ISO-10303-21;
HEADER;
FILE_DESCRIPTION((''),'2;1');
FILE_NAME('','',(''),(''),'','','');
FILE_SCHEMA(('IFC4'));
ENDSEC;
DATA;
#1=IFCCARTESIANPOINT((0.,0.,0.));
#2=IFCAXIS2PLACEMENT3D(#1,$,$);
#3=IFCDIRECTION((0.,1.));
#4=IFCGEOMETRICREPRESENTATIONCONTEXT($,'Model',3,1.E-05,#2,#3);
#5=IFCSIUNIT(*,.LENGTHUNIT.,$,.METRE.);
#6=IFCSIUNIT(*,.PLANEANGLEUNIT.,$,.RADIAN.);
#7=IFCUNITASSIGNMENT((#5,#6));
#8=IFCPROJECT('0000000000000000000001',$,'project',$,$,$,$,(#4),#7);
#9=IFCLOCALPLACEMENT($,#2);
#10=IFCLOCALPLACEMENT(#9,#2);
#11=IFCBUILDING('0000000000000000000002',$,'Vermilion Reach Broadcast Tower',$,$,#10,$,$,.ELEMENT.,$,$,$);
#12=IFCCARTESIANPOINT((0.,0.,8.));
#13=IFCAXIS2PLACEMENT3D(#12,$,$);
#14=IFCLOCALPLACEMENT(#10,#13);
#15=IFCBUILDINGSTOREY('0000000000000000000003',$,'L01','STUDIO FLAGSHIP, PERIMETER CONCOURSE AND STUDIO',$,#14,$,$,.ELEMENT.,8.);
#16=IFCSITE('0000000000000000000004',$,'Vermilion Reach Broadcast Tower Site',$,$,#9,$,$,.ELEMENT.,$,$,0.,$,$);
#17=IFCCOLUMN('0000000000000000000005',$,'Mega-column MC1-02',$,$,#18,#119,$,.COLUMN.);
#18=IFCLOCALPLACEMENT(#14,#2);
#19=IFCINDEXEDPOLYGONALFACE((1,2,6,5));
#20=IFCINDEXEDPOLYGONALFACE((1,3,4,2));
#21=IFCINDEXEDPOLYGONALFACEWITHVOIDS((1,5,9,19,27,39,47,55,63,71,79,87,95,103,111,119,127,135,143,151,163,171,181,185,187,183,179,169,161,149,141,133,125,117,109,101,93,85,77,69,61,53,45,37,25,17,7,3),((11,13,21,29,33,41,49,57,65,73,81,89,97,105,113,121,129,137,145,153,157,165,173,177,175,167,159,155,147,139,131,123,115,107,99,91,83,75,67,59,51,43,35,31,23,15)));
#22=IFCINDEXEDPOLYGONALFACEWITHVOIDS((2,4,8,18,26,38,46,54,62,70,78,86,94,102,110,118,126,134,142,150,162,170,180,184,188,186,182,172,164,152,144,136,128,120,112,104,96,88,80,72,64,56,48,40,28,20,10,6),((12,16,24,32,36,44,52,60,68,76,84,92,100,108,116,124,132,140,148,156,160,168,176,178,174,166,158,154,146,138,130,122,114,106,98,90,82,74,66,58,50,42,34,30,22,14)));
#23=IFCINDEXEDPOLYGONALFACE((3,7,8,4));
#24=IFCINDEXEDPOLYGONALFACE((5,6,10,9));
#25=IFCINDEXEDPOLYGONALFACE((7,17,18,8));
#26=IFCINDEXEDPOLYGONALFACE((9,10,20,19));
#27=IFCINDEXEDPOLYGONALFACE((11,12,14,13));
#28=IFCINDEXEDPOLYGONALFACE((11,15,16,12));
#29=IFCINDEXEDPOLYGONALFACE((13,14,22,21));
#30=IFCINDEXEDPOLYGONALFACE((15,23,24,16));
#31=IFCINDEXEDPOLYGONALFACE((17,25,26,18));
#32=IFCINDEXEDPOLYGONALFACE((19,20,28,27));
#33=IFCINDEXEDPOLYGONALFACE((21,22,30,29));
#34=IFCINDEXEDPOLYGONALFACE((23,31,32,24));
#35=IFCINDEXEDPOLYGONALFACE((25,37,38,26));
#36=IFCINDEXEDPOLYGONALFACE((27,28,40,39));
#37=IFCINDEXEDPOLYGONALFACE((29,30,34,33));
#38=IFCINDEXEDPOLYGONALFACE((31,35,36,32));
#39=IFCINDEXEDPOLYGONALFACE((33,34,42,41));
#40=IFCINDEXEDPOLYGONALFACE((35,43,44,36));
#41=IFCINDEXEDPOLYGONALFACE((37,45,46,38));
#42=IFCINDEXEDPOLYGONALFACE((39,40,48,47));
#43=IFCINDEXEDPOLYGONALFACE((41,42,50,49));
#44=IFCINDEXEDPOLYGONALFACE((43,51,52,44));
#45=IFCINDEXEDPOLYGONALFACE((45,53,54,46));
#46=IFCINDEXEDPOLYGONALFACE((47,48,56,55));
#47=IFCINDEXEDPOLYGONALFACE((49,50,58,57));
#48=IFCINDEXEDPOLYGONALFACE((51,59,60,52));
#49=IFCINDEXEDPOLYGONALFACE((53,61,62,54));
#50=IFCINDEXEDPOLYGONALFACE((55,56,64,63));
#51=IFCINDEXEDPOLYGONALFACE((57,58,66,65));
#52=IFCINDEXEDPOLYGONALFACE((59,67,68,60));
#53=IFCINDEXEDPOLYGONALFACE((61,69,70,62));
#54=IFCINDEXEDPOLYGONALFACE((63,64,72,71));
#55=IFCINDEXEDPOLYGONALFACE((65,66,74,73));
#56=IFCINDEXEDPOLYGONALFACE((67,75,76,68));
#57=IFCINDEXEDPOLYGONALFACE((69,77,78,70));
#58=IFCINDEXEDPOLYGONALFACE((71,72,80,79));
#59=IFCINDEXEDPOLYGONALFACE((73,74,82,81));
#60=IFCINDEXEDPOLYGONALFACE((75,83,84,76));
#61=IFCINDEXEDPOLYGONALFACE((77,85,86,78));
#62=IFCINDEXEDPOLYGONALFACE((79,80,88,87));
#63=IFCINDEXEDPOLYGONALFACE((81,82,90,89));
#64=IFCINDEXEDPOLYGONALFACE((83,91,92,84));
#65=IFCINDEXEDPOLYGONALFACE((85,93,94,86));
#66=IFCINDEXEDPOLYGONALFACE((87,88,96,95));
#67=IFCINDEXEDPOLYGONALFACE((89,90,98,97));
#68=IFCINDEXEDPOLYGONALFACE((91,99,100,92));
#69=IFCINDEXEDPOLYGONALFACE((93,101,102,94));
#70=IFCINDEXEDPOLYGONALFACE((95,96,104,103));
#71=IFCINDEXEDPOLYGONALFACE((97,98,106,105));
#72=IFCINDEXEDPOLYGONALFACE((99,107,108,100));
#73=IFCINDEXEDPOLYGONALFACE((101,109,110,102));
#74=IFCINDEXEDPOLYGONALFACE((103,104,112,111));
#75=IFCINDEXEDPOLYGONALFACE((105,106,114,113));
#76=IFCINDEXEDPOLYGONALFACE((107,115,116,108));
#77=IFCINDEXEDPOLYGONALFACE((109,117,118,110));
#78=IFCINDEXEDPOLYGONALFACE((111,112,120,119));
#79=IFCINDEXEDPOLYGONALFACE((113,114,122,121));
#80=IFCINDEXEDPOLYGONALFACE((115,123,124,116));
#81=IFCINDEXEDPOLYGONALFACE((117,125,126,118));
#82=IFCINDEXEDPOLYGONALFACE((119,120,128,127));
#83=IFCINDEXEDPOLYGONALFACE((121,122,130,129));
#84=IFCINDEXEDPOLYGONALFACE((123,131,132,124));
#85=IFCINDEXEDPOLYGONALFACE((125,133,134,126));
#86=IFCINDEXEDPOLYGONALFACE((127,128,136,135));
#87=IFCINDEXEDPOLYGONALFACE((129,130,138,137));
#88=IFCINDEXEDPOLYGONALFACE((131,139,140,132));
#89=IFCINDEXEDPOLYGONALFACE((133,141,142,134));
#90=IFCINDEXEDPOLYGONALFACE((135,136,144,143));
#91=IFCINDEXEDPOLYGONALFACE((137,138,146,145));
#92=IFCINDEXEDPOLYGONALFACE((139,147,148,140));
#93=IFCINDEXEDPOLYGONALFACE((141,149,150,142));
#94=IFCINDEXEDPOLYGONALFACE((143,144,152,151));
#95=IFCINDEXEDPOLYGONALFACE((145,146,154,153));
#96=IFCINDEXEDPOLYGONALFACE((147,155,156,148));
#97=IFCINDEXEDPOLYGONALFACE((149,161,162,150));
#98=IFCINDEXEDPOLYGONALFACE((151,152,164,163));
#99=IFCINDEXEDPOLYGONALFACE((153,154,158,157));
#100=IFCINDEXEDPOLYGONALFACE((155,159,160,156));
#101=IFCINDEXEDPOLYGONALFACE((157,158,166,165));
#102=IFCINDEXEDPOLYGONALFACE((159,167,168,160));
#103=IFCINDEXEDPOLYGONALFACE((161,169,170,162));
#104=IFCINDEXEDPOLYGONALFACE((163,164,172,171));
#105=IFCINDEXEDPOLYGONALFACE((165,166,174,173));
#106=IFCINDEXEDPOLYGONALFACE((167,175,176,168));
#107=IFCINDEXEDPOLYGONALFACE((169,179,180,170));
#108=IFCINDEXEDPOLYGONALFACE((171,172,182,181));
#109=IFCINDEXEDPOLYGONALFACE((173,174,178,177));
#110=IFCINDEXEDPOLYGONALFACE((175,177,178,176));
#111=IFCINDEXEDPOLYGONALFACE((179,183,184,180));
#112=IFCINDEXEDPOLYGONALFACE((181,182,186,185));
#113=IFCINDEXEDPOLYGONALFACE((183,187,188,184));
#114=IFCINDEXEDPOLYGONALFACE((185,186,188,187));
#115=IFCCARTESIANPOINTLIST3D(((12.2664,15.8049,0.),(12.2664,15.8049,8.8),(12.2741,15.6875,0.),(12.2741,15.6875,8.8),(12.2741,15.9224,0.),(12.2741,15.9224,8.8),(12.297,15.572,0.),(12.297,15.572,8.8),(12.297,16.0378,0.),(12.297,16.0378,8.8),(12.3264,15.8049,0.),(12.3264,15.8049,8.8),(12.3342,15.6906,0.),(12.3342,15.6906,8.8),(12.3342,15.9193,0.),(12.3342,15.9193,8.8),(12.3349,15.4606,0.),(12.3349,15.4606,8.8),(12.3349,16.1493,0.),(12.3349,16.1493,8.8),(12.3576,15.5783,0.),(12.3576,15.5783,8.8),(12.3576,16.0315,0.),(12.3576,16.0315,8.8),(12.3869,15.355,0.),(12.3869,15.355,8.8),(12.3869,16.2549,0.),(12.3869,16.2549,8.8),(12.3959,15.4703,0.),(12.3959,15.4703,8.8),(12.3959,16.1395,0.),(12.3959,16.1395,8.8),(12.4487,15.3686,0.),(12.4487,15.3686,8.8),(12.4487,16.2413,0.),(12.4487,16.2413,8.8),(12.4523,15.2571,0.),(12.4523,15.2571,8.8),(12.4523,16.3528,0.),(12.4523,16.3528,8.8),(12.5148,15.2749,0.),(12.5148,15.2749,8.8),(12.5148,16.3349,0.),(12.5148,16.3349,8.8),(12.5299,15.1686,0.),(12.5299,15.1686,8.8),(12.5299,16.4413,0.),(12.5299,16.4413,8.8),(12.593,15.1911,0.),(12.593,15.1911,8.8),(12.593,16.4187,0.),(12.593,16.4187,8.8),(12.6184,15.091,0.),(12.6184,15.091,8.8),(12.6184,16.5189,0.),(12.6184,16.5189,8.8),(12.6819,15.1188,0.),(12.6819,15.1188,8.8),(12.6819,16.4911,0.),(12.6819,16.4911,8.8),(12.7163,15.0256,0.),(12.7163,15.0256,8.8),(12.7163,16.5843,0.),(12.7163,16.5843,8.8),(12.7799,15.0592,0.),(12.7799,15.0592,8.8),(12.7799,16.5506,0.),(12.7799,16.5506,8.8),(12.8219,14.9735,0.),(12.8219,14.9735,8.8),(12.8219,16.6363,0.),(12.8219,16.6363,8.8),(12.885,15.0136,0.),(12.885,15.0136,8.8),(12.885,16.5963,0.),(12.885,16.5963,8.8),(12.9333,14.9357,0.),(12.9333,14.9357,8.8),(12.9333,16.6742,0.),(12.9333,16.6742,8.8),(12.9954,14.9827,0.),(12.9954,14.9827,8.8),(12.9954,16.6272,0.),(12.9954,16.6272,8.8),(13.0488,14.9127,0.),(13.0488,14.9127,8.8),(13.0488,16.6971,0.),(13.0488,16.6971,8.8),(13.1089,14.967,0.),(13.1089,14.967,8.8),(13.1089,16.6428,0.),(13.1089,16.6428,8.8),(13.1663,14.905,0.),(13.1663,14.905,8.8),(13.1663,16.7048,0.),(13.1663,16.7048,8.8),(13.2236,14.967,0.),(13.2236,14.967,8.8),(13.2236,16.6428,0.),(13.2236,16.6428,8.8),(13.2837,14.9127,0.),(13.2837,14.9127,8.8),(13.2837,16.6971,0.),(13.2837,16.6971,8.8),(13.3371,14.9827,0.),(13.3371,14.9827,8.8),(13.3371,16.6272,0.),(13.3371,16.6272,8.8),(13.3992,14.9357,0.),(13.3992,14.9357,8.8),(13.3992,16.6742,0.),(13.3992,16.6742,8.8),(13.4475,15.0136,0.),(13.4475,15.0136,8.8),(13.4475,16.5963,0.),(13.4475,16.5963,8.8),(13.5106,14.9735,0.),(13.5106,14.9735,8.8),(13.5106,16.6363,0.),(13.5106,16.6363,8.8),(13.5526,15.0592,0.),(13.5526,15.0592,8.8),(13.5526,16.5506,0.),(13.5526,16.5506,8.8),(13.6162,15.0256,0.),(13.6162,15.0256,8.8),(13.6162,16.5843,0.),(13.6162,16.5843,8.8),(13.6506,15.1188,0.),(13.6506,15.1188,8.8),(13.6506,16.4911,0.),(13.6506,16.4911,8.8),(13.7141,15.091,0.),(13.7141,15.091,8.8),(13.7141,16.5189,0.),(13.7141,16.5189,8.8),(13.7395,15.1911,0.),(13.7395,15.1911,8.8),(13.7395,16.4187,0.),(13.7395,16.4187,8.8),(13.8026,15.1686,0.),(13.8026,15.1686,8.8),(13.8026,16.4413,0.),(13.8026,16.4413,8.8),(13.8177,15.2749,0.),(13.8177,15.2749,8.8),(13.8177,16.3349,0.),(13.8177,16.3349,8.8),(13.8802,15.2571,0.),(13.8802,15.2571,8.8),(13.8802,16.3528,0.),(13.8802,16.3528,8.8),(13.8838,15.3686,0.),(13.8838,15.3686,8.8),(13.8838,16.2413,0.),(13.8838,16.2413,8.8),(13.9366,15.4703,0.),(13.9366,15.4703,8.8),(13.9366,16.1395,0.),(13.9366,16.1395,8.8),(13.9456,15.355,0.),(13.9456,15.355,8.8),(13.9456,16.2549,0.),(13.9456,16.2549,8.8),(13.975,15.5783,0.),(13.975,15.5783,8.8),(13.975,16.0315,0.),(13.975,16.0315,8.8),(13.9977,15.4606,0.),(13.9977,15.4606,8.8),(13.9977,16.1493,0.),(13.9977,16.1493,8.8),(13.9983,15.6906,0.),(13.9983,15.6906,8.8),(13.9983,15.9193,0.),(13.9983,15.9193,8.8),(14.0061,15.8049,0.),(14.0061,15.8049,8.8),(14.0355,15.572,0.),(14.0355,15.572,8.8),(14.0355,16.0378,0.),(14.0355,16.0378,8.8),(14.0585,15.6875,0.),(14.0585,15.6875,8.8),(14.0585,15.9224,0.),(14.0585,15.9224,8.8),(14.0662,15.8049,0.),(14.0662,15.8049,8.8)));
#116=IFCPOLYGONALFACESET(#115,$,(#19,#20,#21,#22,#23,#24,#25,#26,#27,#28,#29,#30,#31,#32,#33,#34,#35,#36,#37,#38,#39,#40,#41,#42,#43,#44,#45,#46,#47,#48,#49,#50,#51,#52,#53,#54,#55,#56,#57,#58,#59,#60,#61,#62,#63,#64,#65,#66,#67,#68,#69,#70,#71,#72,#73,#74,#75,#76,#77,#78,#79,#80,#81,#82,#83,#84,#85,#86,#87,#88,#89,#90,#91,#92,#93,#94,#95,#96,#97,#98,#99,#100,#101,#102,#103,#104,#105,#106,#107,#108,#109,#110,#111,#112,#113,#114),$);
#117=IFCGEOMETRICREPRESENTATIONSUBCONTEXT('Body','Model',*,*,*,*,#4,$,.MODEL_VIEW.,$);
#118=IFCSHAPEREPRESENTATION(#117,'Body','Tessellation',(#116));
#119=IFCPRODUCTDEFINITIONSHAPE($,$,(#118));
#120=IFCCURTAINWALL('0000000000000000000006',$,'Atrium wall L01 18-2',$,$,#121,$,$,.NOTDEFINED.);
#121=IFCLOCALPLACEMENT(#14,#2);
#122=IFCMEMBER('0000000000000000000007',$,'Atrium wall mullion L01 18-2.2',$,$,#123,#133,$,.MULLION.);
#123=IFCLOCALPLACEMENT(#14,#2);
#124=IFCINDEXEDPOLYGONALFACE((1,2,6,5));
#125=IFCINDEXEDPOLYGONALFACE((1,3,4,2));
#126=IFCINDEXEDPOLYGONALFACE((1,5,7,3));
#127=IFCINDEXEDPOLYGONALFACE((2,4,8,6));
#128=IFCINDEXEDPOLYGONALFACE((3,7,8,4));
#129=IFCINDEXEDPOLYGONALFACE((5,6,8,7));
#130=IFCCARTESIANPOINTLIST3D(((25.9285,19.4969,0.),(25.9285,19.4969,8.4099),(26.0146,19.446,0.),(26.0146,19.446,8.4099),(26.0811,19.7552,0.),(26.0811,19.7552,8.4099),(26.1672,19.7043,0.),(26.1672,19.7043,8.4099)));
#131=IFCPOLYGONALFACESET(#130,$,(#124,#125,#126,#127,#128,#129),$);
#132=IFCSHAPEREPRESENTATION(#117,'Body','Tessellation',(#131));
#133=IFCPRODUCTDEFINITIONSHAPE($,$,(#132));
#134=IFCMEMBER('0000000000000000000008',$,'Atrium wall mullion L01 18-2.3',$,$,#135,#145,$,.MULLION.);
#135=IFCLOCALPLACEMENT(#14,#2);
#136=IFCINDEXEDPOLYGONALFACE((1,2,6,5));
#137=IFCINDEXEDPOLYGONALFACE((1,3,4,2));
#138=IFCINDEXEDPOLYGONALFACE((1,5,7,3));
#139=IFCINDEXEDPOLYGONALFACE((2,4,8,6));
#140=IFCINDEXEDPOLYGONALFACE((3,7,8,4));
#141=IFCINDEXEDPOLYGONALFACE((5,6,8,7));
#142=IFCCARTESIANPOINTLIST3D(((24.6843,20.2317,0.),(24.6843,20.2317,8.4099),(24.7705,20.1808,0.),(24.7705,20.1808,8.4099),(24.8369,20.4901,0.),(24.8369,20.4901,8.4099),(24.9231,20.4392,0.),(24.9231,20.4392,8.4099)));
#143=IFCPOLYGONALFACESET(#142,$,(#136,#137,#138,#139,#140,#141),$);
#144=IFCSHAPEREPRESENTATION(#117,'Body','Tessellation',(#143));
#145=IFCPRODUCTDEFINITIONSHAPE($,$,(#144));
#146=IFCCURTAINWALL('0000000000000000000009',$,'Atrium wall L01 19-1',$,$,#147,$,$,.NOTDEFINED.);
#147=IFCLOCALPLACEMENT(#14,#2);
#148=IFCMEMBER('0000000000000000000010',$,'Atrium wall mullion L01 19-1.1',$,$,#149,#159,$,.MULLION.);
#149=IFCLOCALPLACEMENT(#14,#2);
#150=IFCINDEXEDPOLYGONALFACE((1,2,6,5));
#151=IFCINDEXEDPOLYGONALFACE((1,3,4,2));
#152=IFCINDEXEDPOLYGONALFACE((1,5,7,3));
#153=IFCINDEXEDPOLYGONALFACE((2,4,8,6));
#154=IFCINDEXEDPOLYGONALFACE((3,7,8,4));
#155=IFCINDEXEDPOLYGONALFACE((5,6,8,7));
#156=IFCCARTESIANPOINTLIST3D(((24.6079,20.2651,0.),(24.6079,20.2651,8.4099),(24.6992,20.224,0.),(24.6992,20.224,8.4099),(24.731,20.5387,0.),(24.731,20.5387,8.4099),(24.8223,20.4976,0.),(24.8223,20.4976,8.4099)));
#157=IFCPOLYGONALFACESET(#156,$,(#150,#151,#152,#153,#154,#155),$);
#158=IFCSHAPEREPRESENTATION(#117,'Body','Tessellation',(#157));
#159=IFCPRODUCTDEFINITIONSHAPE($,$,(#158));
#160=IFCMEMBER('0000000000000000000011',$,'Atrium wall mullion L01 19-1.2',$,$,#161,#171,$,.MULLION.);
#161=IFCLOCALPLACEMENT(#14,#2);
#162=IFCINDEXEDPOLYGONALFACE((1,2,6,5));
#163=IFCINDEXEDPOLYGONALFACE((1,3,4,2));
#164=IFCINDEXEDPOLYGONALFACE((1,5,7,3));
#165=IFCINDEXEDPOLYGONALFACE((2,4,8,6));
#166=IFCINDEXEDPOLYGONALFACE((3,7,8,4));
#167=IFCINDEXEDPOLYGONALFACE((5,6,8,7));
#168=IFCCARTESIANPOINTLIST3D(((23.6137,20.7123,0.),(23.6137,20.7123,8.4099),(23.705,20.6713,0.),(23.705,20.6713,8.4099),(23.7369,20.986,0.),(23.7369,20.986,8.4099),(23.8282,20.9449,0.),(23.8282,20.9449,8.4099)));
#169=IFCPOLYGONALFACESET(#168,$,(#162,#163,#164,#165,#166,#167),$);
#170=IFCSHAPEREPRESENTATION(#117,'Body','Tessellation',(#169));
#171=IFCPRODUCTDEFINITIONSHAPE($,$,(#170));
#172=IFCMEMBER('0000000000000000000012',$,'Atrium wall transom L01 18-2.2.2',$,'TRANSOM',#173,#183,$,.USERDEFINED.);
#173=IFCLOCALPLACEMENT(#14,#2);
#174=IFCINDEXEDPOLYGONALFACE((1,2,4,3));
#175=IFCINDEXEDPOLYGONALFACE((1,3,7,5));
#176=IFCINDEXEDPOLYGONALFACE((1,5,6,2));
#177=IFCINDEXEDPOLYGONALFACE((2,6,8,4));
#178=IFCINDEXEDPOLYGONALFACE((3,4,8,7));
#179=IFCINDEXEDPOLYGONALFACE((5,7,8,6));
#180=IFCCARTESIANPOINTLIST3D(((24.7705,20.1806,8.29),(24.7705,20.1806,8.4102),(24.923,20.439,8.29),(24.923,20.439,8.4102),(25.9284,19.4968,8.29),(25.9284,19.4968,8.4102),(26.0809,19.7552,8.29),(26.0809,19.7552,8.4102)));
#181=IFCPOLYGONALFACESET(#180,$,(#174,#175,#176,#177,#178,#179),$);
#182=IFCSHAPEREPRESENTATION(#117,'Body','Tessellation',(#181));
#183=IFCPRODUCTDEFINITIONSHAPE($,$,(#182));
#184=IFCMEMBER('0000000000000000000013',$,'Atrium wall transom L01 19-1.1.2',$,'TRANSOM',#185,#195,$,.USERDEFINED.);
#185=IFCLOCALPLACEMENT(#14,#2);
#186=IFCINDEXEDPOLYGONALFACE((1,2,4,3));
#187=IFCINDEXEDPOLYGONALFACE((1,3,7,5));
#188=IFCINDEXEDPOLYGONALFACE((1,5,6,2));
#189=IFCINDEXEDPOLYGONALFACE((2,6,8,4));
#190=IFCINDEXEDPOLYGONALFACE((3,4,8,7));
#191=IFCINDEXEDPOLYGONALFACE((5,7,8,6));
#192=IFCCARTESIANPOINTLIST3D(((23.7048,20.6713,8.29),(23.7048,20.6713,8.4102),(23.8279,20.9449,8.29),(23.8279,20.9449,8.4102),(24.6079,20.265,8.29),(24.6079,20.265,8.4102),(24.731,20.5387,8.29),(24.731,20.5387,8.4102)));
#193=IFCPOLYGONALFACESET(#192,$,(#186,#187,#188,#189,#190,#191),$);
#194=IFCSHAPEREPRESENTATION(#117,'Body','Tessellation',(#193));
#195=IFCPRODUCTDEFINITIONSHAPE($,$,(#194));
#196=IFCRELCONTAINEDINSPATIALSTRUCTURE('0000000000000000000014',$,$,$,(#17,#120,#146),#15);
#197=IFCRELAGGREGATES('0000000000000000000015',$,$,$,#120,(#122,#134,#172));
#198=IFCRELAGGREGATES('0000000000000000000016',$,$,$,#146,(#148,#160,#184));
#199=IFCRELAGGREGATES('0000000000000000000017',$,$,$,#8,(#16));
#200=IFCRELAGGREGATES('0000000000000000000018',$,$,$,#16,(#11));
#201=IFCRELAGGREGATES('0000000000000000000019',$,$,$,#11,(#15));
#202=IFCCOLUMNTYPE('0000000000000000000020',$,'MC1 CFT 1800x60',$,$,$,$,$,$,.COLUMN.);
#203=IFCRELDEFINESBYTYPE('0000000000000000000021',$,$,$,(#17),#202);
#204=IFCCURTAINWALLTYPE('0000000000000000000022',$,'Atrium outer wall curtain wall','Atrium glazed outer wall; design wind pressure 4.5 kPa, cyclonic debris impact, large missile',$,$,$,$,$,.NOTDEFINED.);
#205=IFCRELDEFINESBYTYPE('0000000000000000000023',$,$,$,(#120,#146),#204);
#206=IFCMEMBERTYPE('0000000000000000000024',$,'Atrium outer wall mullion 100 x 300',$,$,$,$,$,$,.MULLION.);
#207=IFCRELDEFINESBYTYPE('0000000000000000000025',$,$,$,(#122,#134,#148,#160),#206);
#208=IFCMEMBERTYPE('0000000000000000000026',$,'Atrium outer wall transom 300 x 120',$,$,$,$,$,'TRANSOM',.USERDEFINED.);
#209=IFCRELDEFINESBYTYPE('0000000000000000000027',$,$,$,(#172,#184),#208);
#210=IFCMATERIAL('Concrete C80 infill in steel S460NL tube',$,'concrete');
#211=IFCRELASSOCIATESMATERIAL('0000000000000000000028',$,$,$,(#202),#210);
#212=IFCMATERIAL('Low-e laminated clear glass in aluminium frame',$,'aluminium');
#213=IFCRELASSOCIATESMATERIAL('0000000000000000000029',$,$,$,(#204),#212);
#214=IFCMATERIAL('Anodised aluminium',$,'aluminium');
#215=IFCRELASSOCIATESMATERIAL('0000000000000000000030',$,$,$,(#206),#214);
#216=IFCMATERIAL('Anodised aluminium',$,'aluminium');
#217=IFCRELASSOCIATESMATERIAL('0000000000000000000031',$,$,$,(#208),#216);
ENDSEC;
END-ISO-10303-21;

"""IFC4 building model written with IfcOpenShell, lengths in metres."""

from ifc_helpers import new_model, si_unit, direction, frame, origin, origin_2d, place, context, subcontext, project, spatial, rectangle, hollow_circle, extrude, material, material_profile, profile_set, type_object, element, aggregate, save


model = new_model("IFC4")

# Units and contexts
model_context = context("Model", 3, precision=1e-05, world=origin(), true_north=direction((0.0, 1.0)))
body_context = subcontext(model_context, "Body", "Model", "MODEL_VIEW")
ifc_project = project(units=[si_unit("LENGTHUNIT", "METRE"), si_unit("PLANEANGLEUNIT", "RADIAN")], contexts=[model_context])

# Site, building, storey
site_placement = place(None, origin())
site = spatial("IfcSite", under=ifc_project, at=site_placement, Name="Vermilion Reach Broadcast Tower Site", CompositionType="ELEMENT", RefElevation=0.0)
building_placement = place(site_placement, origin())
building = spatial("IfcBuilding", under=site, at=building_placement, Name="Vermilion Reach Broadcast Tower", CompositionType="ELEMENT")
storey_placement = place(building_placement, frame((0.0, 0.0, 8.0)))
storey = spatial("IfcBuildingStorey", under=building, at=storey_placement, Name="L01", Description="STUDIO FLAGSHIP, PERIMETER CONCOURSE AND STUDIO", CompositionType="ELEMENT", Elevation=8.0)

# Column
ifc_material_1 = material(Name="Concrete C80 infill in steel S460NL tube", Category="concrete")
ifc_material_profile_1 = material_profile(ifc_material_1, hollow_circle(Radius=0.8999, WallThickness=0.0601, at=origin_2d()), Name="Concrete C80 infill in steel S460NL tube CFT 1800x60")
ifc_profile_set_1 = profile_set([ifc_material_profile_1], Name="Concrete C80 infill in steel S460NL tube")
column_type = type_object("IfcColumnType", Name="MC1 CFT 1800x60", PredefinedType="COLUMN", material=ifc_profile_set_1)
for number, where, z_axis, x_axis, name in (
    (1, (13.1663, 15.8049, 0.0), (0.0, 0.0, 1.0), (1.0, 0.0, 0.0), "Mega-column MC1-02"),
):
    element("IfcColumn", number, at=place(storey_placement, frame(where, z_axis=z_axis, x_axis=x_axis)), inside=storey, type_object=column_type, Name=name, PredefinedType="COLUMN", context=body_context, shape_type="SweptSolid", body=[
        extrude(hollow_circle(Radius=0.8999, WallThickness=0.0601, at=origin_2d()), origin(), (0.0, 0.0, 1.0), 8.8),
    ])

# Curtain walls, members
ifc_material_2 = material(Name="Low-e laminated clear glass in aluminium frame", Category="aluminium")
curtain_wall_type = type_object("IfcCurtainWallType", Name="Atrium outer wall curtain wall", Description="Atrium glazed outer wall; design wind pressure 4.5 kPa, cyclonic debris impact, large missile", PredefinedType="NOTDEFINED", material=ifc_material_2)
placement = place(storey_placement, origin())
curtain_wall_1 = element("IfcCurtainWall", 2, at=placement, inside=storey, type_object=curtain_wall_type, Name="Atrium wall L01 18-2", PredefinedType="NOTDEFINED")
ifc_material_3 = material(Name="Anodised aluminium", Category="aluminium")
ifc_material_profile_2 = material_profile(ifc_material_3, rectangle(XDim=0.3, YDim=0.1001, at=origin_2d()), Name="Atrium outer wall mullion 100 x 300")
ifc_profile_set_2 = profile_set([ifc_material_profile_2], Name="Anodised aluminium")
member_type_1 = type_object("IfcMemberType", Name="Atrium outer wall mullion 100 x 300", PredefinedType="MULLION", material=ifc_profile_set_2)
member_1_placement = place(storey_placement, frame((26.0479, 19.6006, 0.0), z_axis=(0.0, 0.0, 1.0), x_axis=(-0.50859, -0.861009, 0.0)))
member_1 = element("IfcMember", 3, at=member_1_placement, type_object=member_type_1, Name="Atrium wall mullion L01 18-2.2", PredefinedType="MULLION", context=body_context, shape_type="SweptSolid", body=[
    extrude(rectangle(XDim=0.3, YDim=0.1001, at=origin_2d()), origin(), (0.0, 0.0, 1.0), 8.4099),
])
member_2_placement = place(storey_placement, frame((24.8037, 20.3354, 0.0), z_axis=(0.0, 0.0, 1.0), x_axis=(-0.50859, -0.861009, 0.0)))
member_2 = element("IfcMember", 4, at=member_2_placement, type_object=member_type_1, Name="Atrium wall mullion L01 18-2.3", PredefinedType="MULLION", context=body_context, shape_type="SweptSolid", body=[
    extrude(rectangle(XDim=0.3, YDim=0.1001, at=origin_2d()), origin(), (0.0, 0.0, 1.0), 8.4099),
])
curtain_wall_2 = element("IfcCurtainWall", 5, at=placement, inside=storey, type_object=curtain_wall_type, Name="Atrium wall L01 19-1", PredefinedType="NOTDEFINED")
member_3_placement = place(storey_placement, frame((24.7151, 20.3813, 0.0), z_axis=(0.0, 0.0, 1.0), x_axis=(-0.410408, -0.911902, 0.0)))
member_3 = element("IfcMember", 6, at=member_3_placement, type_object=member_type_1, Name="Atrium wall mullion L01 19-1.1", PredefinedType="MULLION", context=body_context, shape_type="SweptSolid", body=[
    extrude(rectangle(XDim=0.3, YDim=0.1001, at=origin_2d()), origin(), (0.0, 0.0, 1.0), 8.4099),
])
member_4_placement = place(storey_placement, frame((23.7209, 20.8286, 0.0), z_axis=(0.0, 0.0, 1.0), x_axis=(-0.410408, -0.911902, 0.0)))
member_4 = element("IfcMember", 7, at=member_4_placement, type_object=member_type_1, Name="Atrium wall mullion L01 19-1.2", PredefinedType="MULLION", context=body_context, shape_type="SweptSolid", body=[
    extrude(rectangle(XDim=0.3, YDim=0.1001, at=origin_2d()), origin(), (0.0, 0.0, 1.0), 8.4099),
])

# Members
ifc_material_4 = material(Name="Anodised aluminium", Category="aluminium")
ifc_material_profile_3 = material_profile(ifc_material_4, rectangle(XDim=0.3, YDim=0.1201, at=origin_2d()), Name="Atrium outer wall transom 300 x 120")
ifc_profile_set_3 = profile_set([ifc_material_profile_3], Name="Anodised aluminium")
member_type_2 = type_object("IfcMemberType", Name="Atrium outer wall transom 300 x 120", ElementType="TRANSOM", PredefinedType="USERDEFINED", material=ifc_profile_set_3)
member_5_placement = place(storey_placement, frame((26.0046, 19.626, 8.3501), z_axis=(-0.86106, 0.508503, 0.0), x_axis=(-0.508503, -0.86106, 0.0)))
member_5 = element("IfcMember", 8, at=member_5_placement, type_object=member_type_2, Name="Atrium wall transom L01 18-2.2.2", ObjectType="TRANSOM", PredefinedType="USERDEFINED", context=body_context, shape_type="SweptSolid", body=[
    extrude(rectangle(XDim=0.3, YDim=0.1201, at=origin_2d()), origin(), (0.0, 0.0, 1.0), 1.3447),
])
member_6_placement = place(storey_placement, frame((24.6694, 20.4019, 8.3501), z_axis=(-0.911972, 0.410252, 0.0), x_axis=(-0.410252, -0.911972, 0.0)))
member_6 = element("IfcMember", 9, at=member_6_placement, type_object=member_type_2, Name="Atrium wall transom L01 19-1.1.2", ObjectType="TRANSOM", PredefinedType="USERDEFINED", context=body_context, shape_type="SweptSolid", body=[
    extrude(rectangle(XDim=0.3, YDim=0.1201, at=origin_2d()), origin(), (0.0, 0.0, 1.0), 0.9902),
])

aggregate(curtain_wall_1, [member_1, member_2, member_5])
aggregate(curtain_wall_2, [member_3, member_4, member_6])

save(model, "model.ifc")
